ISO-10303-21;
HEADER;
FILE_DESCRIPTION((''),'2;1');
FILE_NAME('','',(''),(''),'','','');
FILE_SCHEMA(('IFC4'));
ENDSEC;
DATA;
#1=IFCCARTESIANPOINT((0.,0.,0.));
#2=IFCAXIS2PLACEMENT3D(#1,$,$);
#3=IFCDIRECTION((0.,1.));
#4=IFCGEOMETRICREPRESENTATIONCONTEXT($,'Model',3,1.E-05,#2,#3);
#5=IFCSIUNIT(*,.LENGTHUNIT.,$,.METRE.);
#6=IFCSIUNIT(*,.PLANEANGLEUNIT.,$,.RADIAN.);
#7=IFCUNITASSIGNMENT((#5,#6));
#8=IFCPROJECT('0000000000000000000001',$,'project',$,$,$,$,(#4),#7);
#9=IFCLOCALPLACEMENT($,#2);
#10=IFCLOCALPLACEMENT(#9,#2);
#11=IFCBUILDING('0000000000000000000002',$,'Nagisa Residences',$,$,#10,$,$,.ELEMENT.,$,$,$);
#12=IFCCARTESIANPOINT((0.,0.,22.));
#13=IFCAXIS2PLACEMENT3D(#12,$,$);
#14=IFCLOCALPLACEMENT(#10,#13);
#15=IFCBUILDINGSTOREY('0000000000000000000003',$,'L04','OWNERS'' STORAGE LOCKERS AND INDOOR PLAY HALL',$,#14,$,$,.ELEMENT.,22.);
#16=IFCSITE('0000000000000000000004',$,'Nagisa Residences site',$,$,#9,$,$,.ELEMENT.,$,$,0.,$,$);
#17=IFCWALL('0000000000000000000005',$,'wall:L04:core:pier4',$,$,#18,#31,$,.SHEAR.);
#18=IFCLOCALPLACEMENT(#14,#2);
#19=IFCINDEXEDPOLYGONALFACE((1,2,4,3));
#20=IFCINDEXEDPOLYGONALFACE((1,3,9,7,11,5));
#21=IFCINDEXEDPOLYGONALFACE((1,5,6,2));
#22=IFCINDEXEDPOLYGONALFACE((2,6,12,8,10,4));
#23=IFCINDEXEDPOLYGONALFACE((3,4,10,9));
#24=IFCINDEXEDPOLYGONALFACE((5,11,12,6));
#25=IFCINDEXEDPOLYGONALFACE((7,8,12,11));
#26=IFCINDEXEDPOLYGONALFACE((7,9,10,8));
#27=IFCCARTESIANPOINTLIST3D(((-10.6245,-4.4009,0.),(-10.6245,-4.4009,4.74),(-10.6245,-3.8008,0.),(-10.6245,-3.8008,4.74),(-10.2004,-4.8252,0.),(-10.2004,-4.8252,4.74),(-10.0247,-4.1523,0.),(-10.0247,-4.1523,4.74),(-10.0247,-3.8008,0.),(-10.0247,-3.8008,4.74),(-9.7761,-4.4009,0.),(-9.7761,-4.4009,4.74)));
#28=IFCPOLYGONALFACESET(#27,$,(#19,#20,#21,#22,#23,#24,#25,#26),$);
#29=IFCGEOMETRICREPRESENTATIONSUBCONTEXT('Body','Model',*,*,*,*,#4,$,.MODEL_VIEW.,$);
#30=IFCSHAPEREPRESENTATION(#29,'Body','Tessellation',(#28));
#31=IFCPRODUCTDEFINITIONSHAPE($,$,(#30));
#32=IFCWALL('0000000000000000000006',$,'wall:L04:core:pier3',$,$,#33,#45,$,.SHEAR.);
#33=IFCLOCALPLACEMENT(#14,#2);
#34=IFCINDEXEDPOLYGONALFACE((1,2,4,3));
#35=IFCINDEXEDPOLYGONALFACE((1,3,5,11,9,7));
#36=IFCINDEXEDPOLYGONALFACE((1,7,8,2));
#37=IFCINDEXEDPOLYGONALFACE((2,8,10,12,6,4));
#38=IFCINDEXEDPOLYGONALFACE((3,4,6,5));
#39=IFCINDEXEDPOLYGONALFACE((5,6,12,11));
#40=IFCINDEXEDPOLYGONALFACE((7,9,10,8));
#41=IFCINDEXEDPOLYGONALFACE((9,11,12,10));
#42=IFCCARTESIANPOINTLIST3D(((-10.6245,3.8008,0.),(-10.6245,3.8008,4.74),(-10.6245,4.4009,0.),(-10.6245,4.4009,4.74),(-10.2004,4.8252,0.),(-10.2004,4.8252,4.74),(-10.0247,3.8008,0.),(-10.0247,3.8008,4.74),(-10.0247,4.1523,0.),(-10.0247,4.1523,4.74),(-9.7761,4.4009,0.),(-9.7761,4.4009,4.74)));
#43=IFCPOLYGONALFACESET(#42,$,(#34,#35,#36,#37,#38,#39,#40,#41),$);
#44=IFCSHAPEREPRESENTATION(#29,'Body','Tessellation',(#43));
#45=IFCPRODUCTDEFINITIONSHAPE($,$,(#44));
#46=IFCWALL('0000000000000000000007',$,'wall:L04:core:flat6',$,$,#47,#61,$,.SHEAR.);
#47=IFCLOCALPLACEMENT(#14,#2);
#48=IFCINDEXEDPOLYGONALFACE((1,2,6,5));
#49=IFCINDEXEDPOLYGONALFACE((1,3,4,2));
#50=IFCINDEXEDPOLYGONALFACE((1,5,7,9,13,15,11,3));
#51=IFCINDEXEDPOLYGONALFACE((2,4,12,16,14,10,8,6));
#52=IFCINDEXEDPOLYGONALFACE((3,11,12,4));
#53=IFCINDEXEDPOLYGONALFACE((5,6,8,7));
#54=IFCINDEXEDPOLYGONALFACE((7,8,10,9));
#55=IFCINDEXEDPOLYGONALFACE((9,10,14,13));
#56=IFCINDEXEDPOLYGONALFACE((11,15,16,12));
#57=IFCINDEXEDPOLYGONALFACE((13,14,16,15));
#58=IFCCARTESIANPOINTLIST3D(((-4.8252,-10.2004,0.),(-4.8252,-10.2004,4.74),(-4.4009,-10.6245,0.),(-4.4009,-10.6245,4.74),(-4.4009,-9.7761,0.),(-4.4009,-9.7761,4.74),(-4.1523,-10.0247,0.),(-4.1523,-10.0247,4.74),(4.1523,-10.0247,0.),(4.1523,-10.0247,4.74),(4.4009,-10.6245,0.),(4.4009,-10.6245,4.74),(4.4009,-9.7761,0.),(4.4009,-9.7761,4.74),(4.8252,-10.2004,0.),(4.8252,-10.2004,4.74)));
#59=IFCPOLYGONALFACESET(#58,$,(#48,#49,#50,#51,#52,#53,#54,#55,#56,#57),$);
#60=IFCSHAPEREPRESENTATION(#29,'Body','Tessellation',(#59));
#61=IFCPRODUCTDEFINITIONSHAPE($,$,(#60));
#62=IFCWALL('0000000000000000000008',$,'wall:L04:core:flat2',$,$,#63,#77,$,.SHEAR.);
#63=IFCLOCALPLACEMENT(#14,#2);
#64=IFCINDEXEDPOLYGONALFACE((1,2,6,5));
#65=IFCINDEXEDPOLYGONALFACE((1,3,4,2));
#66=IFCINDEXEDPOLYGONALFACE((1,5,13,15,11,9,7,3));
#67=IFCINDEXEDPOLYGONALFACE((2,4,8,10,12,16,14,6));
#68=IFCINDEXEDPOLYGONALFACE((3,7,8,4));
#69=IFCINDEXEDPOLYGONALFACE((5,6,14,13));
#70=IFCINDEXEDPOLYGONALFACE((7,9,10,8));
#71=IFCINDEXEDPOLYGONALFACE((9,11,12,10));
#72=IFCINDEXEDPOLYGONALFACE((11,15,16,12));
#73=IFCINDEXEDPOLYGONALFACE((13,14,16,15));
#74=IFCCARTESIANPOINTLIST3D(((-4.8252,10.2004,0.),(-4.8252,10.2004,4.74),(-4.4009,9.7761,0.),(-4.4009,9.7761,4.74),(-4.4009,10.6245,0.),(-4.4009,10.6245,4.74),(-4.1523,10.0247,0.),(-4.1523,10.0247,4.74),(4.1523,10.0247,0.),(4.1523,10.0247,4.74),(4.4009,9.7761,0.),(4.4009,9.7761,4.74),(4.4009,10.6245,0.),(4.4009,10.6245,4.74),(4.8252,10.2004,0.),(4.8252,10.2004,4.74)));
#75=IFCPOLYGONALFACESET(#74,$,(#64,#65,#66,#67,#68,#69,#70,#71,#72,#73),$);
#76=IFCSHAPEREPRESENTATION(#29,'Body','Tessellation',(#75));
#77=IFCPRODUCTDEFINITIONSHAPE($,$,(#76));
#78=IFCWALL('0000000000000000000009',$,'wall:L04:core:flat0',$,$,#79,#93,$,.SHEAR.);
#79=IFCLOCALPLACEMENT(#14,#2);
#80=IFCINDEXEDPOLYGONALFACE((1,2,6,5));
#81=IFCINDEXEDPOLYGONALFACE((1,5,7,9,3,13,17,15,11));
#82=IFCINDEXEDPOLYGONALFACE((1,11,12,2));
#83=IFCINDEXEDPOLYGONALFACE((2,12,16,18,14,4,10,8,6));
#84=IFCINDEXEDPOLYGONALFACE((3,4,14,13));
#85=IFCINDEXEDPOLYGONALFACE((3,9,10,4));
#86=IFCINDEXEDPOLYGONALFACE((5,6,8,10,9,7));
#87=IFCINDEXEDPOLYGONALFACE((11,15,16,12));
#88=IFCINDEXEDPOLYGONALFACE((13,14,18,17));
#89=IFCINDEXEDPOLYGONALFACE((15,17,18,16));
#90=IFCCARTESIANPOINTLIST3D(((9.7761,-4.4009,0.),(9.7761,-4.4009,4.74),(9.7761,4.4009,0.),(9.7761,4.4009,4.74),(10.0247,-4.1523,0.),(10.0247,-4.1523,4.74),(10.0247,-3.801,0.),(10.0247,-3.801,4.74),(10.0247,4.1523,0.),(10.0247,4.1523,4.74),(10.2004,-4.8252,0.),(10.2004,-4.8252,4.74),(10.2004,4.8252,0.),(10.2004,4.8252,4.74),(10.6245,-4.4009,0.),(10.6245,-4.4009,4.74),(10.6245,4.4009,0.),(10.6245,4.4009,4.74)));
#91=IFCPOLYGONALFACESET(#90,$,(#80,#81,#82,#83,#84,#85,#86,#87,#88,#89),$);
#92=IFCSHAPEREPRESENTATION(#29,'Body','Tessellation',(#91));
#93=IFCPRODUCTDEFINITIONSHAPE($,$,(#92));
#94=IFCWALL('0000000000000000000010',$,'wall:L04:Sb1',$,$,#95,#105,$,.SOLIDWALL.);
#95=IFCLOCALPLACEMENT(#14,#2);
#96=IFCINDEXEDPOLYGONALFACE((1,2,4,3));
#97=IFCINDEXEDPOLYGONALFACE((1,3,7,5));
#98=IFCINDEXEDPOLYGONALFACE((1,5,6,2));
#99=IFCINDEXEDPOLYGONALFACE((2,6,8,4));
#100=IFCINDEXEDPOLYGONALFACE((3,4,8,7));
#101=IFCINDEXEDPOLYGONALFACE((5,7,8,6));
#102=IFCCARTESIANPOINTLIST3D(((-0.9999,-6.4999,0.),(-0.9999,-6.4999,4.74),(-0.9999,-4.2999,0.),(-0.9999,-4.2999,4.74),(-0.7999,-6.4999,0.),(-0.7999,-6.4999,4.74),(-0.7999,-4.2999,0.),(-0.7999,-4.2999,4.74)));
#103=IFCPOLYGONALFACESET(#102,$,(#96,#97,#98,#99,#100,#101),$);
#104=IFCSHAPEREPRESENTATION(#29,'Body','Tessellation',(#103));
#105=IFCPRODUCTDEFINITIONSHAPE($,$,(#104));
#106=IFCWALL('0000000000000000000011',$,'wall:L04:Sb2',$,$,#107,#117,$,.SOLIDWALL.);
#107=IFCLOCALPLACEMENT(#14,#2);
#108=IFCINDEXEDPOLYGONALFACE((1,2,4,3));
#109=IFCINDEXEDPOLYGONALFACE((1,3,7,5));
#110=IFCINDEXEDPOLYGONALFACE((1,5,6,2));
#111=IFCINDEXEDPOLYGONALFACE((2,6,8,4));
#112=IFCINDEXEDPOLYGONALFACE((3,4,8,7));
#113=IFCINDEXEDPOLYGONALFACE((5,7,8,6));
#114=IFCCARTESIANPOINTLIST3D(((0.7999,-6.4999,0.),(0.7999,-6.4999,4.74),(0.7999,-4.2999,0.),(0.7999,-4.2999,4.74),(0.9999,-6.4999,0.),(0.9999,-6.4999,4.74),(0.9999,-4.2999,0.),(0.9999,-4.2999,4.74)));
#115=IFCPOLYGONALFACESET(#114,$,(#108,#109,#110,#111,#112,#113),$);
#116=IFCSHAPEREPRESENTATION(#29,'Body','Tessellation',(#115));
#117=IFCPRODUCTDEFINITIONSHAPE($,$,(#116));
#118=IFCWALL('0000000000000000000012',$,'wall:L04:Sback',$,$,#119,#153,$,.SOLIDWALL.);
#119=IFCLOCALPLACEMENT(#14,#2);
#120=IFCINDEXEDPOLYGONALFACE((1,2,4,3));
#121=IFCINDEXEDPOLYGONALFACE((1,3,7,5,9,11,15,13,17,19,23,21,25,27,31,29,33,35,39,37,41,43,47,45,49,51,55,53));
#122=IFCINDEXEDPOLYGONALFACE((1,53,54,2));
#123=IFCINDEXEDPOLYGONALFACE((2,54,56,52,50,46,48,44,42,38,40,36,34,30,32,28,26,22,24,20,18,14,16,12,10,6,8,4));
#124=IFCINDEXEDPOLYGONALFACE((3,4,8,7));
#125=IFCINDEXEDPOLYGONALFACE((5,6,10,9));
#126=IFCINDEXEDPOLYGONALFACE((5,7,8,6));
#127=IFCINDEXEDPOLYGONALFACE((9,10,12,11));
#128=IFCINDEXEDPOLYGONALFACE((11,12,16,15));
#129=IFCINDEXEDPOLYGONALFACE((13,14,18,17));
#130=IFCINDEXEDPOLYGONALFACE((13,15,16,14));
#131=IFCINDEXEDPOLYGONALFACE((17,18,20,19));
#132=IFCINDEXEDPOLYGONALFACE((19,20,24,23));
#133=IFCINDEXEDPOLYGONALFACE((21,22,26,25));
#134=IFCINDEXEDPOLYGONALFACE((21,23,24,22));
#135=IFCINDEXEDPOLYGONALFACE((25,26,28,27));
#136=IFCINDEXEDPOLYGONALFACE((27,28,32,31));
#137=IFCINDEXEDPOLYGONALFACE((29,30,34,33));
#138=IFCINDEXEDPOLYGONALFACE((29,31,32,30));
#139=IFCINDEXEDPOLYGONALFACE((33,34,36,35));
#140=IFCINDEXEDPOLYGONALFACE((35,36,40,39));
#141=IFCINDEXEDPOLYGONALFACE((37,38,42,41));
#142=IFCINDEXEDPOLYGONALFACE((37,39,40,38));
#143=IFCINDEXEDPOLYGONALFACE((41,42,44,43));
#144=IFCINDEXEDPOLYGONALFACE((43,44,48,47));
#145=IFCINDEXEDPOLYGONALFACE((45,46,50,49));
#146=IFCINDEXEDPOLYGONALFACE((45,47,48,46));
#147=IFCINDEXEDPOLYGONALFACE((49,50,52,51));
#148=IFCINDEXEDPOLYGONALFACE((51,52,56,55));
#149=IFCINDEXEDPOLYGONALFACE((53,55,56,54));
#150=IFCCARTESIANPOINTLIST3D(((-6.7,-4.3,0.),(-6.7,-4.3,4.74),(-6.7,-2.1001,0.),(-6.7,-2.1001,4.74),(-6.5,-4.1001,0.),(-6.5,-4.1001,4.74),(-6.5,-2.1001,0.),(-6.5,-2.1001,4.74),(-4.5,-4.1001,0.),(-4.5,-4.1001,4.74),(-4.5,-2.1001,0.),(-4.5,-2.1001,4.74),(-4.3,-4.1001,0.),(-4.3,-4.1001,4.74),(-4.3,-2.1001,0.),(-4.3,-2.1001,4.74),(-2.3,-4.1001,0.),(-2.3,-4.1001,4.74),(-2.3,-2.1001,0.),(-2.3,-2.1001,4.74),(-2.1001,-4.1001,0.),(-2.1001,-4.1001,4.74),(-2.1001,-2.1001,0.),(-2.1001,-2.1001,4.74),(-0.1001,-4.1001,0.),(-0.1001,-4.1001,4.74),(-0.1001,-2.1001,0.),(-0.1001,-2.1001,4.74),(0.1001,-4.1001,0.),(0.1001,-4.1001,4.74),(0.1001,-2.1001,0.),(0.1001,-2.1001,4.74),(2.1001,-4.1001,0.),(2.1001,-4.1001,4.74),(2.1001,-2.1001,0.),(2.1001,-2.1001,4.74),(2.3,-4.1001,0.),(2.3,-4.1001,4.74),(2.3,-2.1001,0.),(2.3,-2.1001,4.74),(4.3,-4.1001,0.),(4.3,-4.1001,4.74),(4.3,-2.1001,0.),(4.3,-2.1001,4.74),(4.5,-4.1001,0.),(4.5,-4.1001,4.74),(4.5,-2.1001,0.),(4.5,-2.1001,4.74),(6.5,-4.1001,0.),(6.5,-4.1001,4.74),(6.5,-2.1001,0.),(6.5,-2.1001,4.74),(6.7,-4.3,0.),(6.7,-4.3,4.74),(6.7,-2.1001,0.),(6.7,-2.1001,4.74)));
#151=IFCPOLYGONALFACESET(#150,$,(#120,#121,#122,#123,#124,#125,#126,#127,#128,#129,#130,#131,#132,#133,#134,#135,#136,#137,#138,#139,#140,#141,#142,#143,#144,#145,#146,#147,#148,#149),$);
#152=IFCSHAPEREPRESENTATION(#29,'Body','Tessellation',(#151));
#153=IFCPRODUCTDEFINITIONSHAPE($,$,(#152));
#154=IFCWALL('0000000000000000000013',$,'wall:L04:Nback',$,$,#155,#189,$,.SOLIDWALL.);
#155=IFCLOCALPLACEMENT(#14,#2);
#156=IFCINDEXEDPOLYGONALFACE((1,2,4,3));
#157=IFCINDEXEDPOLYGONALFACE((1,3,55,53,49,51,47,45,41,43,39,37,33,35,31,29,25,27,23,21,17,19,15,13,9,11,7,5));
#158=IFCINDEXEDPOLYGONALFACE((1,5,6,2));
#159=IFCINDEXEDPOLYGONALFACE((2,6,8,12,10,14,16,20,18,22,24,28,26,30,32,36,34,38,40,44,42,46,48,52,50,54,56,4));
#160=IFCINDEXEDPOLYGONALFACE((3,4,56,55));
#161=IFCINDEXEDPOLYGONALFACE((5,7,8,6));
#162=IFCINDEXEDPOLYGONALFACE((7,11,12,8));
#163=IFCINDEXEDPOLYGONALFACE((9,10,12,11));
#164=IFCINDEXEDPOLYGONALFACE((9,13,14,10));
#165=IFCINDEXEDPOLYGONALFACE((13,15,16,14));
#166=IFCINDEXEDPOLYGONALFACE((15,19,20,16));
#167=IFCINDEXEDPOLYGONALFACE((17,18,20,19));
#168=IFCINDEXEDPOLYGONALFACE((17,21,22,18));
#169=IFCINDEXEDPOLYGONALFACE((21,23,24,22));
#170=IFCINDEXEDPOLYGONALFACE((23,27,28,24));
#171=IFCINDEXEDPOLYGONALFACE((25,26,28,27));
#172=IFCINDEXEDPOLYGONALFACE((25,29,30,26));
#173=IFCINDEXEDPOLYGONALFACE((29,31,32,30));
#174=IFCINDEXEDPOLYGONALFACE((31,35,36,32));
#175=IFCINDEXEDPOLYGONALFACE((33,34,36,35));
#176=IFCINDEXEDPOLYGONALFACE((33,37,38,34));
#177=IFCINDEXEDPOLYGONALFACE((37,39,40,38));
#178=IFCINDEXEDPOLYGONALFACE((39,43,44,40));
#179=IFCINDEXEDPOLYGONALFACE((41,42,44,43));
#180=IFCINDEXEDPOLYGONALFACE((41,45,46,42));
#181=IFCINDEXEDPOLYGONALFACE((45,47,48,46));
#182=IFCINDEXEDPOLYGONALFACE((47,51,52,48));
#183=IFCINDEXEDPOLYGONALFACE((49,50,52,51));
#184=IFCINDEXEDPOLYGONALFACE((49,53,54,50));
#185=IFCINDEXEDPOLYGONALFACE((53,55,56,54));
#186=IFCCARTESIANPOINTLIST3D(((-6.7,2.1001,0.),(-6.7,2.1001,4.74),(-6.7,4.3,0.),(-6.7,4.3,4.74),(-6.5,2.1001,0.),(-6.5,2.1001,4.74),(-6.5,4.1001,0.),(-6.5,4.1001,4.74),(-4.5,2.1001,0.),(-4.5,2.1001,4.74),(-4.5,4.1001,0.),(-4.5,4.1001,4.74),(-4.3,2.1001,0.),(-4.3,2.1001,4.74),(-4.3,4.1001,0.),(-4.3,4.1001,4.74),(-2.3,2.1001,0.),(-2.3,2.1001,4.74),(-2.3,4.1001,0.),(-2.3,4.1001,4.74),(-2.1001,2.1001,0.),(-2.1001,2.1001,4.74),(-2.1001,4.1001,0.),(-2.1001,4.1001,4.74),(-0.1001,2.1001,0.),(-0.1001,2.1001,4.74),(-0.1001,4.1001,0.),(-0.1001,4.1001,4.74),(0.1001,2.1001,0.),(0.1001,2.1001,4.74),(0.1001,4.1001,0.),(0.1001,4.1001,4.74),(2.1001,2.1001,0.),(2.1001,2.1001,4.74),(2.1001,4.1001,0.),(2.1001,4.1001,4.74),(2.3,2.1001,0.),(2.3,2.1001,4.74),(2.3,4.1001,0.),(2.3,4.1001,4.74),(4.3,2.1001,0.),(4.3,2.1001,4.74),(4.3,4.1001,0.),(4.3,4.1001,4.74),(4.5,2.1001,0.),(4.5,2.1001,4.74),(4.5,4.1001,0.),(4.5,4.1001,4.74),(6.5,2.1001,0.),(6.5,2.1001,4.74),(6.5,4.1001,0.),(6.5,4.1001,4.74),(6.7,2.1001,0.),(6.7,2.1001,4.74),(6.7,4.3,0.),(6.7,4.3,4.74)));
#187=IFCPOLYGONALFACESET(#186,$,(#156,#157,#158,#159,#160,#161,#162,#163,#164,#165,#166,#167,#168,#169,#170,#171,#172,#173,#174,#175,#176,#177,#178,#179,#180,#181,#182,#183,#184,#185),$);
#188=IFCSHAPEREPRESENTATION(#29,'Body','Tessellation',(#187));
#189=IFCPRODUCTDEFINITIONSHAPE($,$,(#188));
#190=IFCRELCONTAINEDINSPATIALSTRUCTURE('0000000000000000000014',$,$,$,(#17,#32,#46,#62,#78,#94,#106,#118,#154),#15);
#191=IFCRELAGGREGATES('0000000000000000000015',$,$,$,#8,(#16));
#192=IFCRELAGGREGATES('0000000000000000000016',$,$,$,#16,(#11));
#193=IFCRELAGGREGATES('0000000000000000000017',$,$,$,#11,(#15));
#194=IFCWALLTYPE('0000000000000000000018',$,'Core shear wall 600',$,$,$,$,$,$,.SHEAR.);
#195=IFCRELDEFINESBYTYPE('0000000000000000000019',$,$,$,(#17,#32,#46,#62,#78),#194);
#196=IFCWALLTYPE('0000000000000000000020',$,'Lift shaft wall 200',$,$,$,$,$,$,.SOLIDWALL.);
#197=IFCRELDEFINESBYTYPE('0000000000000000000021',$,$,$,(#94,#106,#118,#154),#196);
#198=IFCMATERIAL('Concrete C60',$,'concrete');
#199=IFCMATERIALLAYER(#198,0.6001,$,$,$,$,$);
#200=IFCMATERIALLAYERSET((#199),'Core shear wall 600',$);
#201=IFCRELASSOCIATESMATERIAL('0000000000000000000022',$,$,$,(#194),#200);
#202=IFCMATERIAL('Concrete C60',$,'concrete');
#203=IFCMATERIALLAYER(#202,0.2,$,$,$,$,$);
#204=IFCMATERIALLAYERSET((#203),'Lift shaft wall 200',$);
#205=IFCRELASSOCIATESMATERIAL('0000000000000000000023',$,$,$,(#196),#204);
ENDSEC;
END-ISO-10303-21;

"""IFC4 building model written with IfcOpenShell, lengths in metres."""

from ifc_helpers import new_model, si_unit, direction, frame, frame_2d, origin, place, context, subcontext, project, spatial, polyline, rectangle, outline, extrude, material, layer, layer_set, type_object, element, save


model = new_model("IFC4")

# Units and contexts
model_context = context("Model", 3, precision=1e-05, world=origin(), true_north=direction((0.0, 1.0)))
body_context = subcontext(model_context, "Body", "Model", "MODEL_VIEW")
ifc_project = project(units=[si_unit("LENGTHUNIT", "METRE"), si_unit("PLANEANGLEUNIT", "RADIAN")], contexts=[model_context])

# Site, building, storey
site_placement = place(None, origin())
site = spatial("IfcSite", under=ifc_project, at=site_placement, Name="Nagisa Residences site", CompositionType="ELEMENT", RefElevation=0.0)
building_placement = place(site_placement, origin())
building = spatial("IfcBuilding", under=site, at=building_placement, Name="Nagisa Residences", CompositionType="ELEMENT")
storey_placement = place(building_placement, frame((0.0, 0.0, 22.0)))
storey = spatial("IfcBuildingStorey", under=building, at=storey_placement, Name="L04", Description="OWNERS' STORAGE LOCKERS AND INDOOR PLAY HALL", CompositionType="ELEMENT", Elevation=22.0)

# Walls
ifc_material_1 = material(Name="Concrete C60", Category="concrete")
ifc_layer_1 = layer(ifc_material_1, 0.6001)
ifc_layer_set_1 = layer_set([ifc_layer_1], Name="Core shear wall 600")
wall_type_1 = type_object("IfcWallType", Name="Core shear wall 600", PredefinedType="SHEAR", material=ifc_layer_set_1)
wall_1_placement = place(storey_placement, origin())
element("IfcWall", 1, at=wall_1_placement, inside=storey, type_object=wall_type_1, Name="wall:L04:core:pier4", PredefinedType="SHEAR", context=body_context, shape_type="SweptSolid", body=[
    extrude(outline(polyline([(-10.6245, -3.8008), (-10.0247, -3.8008), (-10.0247, -4.1523), (-9.7761, -4.4009), (-10.2004, -4.8252), (-10.6245, -4.4009), (-10.6245, -3.8008)])), origin(), (0.0, 0.0, 1.0), 4.74),
])
wall_2_placement = place(storey_placement, origin())
element("IfcWall", 2, at=wall_2_placement, inside=storey, type_object=wall_type_1, Name="wall:L04:core:pier3", PredefinedType="SHEAR", context=body_context, shape_type="SweptSolid", body=[
    extrude(outline(polyline([(-10.2004, 4.8252), (-9.7761, 4.4009), (-10.0247, 4.1523), (-10.0247, 3.8008), (-10.6245, 3.8008), (-10.6245, 4.4009), (-10.2004, 4.8252)])), origin(), (0.0, 0.0, 1.0), 4.74),
])
wall_3_placement = place(storey_placement, origin())
element("IfcWall", 3, at=wall_3_placement, inside=storey, type_object=wall_type_1, Name="wall:L04:core:flat6", PredefinedType="SHEAR", context=body_context, shape_type="SweptSolid", body=[
    extrude(outline(polyline([(-4.1523, -10.0247), (4.1523, -10.0247), (4.4009, -9.7761), (4.8252, -10.2004), (4.4009, -10.6245), (-4.4009, -10.6245), (-4.8252, -10.2004), (-4.4009, -9.7761), (-4.1523, -10.0247)])), origin(), (0.0, 0.0, 1.0), 4.74),
])
wall_4_placement = place(storey_placement, origin())
element("IfcWall", 4, at=wall_4_placement, inside=storey, type_object=wall_type_1, Name="wall:L04:core:flat2", PredefinedType="SHEAR", context=body_context, shape_type="SweptSolid", body=[
    extrude(outline(polyline([(-4.1523, 10.0247), (-4.4009, 9.7761), (-4.8252, 10.2004), (-4.4009, 10.6245), (4.4009, 10.6245), (4.8252, 10.2004), (4.4009, 9.7761), (4.1523, 10.0247), (-4.1523, 10.0247)])), origin(), (0.0, 0.0, 1.0), 4.74),
])
wall_5_placement = place(storey_placement, origin())
element("IfcWall", 5, at=wall_5_placement, inside=storey, type_object=wall_type_1, Name="wall:L04:core:flat0", PredefinedType="SHEAR", context=body_context, shape_type="SweptSolid", body=[
    extrude(outline(polyline([(9.7761, -4.4009), (10.0247, -4.1523), (10.0247, -3.801), (10.0247, 4.1523), (9.7761, 4.4009), (10.2004, 4.8252), (10.6245, 4.4009), (10.6245, -4.4009), (10.2004, -4.8252), (9.7761, -4.4009)])), origin(), (0.0, 0.0, 1.0), 4.74),
])
ifc_material_2 = material(Name="Concrete C60", Category="concrete")
ifc_layer_2 = layer(ifc_material_2, 0.2)
ifc_layer_set_2 = layer_set([ifc_layer_2], Name="Lift shaft wall 200")
wall_type_2 = type_object("IfcWallType", Name="Lift shaft wall 200", PredefinedType="SOLIDWALL", material=ifc_layer_set_2)
for number, where, z_axis, x_axis, name in (
    (6, (-0.8999, -6.5, 0.0), (0.0, 0.0, 1.0), (0.0, 1.0, 0.0), "wall:L04:Sb1"),
    (7, (0.8999, -6.5, 0.0), (0.0, 0.0, 1.0), (0.0, 1.0, 0.0), "wall:L04:Sb2"),
):
    element("IfcWall", number, at=place(storey_placement, frame(where, z_axis=z_axis, x_axis=x_axis)), inside=storey, type_object=wall_type_2, Name=name, PredefinedType="SOLIDWALL", context=body_context, shape_type="SweptSolid", body=[
        extrude(rectangle(XDim=2.2, YDim=0.2, at=frame_2d((1.1001, 0.0))), origin(), (0.0, 0.0, 1.0), 4.74),
    ])
wall_6_placement = place(storey_placement, origin())
element("IfcWall", 8, at=wall_6_placement, inside=storey, type_object=wall_type_2, Name="wall:L04:Sback", PredefinedType="SOLIDWALL", context=body_context, shape_type="SweptSolid", body=[
    extrude(outline(polyline([(-6.7, -2.1001), (-6.5, -2.1001), (-6.5, -4.1001), (-4.5, -4.1001), (-4.5, -2.1001), (-4.3, -2.1001), (-4.3, -4.1001), (-2.3, -4.1001), (-2.3, -2.1001), (-2.1001, -2.1001), (-2.1001, -4.1001), (-0.1001, -4.1001), (-0.1001, -2.1001), (0.1001, -2.1001), (0.1001, -4.1001), (2.1001, -4.1001), (2.1001, -2.1001), (2.3, -2.1001), (2.3, -4.1001), (4.3, -4.1001), (4.3, -2.1001), (4.5, -2.1001), (4.5, -4.1001), (6.5, -4.1001), (6.5, -2.1001), (6.7, -2.1001), (6.7, -4.3), (-6.7, -4.3), (-6.7, -2.1001)])), origin(), (0.0, 0.0, 1.0), 4.74),
])
wall_7_placement = place(storey_placement, origin())
element("IfcWall", 9, at=wall_7_placement, inside=storey, type_object=wall_type_2, Name="wall:L04:Nback", PredefinedType="SOLIDWALL", context=body_context, shape_type="SweptSolid", body=[
    extrude(outline(polyline([(-6.5, 2.1001), (-6.7, 2.1001), (-6.7, 4.3), (6.7, 4.3), (6.7, 2.1001), (6.5, 2.1001), (6.5, 4.1001), (4.5, 4.1001), (4.5, 2.1001), (4.3, 2.1001), (4.3, 4.1001), (2.3, 4.1001), (2.3, 2.1001), (2.1001, 2.1001), (2.1001, 4.1001), (0.1001, 4.1001), (0.1001, 2.1001), (-0.1001, 2.1001), (-0.1001, 4.1001), (-2.1001, 4.1001), (-2.1001, 2.1001), (-2.3, 2.1001), (-2.3, 4.1001), (-4.3, 4.1001), (-4.3, 2.1001), (-4.5, 2.1001), (-4.5, 4.1001), (-6.5, 4.1001), (-6.5, 2.1001)])), origin(), (0.0, 0.0, 1.0), 4.74),
])

save(model, "model.ifc")
